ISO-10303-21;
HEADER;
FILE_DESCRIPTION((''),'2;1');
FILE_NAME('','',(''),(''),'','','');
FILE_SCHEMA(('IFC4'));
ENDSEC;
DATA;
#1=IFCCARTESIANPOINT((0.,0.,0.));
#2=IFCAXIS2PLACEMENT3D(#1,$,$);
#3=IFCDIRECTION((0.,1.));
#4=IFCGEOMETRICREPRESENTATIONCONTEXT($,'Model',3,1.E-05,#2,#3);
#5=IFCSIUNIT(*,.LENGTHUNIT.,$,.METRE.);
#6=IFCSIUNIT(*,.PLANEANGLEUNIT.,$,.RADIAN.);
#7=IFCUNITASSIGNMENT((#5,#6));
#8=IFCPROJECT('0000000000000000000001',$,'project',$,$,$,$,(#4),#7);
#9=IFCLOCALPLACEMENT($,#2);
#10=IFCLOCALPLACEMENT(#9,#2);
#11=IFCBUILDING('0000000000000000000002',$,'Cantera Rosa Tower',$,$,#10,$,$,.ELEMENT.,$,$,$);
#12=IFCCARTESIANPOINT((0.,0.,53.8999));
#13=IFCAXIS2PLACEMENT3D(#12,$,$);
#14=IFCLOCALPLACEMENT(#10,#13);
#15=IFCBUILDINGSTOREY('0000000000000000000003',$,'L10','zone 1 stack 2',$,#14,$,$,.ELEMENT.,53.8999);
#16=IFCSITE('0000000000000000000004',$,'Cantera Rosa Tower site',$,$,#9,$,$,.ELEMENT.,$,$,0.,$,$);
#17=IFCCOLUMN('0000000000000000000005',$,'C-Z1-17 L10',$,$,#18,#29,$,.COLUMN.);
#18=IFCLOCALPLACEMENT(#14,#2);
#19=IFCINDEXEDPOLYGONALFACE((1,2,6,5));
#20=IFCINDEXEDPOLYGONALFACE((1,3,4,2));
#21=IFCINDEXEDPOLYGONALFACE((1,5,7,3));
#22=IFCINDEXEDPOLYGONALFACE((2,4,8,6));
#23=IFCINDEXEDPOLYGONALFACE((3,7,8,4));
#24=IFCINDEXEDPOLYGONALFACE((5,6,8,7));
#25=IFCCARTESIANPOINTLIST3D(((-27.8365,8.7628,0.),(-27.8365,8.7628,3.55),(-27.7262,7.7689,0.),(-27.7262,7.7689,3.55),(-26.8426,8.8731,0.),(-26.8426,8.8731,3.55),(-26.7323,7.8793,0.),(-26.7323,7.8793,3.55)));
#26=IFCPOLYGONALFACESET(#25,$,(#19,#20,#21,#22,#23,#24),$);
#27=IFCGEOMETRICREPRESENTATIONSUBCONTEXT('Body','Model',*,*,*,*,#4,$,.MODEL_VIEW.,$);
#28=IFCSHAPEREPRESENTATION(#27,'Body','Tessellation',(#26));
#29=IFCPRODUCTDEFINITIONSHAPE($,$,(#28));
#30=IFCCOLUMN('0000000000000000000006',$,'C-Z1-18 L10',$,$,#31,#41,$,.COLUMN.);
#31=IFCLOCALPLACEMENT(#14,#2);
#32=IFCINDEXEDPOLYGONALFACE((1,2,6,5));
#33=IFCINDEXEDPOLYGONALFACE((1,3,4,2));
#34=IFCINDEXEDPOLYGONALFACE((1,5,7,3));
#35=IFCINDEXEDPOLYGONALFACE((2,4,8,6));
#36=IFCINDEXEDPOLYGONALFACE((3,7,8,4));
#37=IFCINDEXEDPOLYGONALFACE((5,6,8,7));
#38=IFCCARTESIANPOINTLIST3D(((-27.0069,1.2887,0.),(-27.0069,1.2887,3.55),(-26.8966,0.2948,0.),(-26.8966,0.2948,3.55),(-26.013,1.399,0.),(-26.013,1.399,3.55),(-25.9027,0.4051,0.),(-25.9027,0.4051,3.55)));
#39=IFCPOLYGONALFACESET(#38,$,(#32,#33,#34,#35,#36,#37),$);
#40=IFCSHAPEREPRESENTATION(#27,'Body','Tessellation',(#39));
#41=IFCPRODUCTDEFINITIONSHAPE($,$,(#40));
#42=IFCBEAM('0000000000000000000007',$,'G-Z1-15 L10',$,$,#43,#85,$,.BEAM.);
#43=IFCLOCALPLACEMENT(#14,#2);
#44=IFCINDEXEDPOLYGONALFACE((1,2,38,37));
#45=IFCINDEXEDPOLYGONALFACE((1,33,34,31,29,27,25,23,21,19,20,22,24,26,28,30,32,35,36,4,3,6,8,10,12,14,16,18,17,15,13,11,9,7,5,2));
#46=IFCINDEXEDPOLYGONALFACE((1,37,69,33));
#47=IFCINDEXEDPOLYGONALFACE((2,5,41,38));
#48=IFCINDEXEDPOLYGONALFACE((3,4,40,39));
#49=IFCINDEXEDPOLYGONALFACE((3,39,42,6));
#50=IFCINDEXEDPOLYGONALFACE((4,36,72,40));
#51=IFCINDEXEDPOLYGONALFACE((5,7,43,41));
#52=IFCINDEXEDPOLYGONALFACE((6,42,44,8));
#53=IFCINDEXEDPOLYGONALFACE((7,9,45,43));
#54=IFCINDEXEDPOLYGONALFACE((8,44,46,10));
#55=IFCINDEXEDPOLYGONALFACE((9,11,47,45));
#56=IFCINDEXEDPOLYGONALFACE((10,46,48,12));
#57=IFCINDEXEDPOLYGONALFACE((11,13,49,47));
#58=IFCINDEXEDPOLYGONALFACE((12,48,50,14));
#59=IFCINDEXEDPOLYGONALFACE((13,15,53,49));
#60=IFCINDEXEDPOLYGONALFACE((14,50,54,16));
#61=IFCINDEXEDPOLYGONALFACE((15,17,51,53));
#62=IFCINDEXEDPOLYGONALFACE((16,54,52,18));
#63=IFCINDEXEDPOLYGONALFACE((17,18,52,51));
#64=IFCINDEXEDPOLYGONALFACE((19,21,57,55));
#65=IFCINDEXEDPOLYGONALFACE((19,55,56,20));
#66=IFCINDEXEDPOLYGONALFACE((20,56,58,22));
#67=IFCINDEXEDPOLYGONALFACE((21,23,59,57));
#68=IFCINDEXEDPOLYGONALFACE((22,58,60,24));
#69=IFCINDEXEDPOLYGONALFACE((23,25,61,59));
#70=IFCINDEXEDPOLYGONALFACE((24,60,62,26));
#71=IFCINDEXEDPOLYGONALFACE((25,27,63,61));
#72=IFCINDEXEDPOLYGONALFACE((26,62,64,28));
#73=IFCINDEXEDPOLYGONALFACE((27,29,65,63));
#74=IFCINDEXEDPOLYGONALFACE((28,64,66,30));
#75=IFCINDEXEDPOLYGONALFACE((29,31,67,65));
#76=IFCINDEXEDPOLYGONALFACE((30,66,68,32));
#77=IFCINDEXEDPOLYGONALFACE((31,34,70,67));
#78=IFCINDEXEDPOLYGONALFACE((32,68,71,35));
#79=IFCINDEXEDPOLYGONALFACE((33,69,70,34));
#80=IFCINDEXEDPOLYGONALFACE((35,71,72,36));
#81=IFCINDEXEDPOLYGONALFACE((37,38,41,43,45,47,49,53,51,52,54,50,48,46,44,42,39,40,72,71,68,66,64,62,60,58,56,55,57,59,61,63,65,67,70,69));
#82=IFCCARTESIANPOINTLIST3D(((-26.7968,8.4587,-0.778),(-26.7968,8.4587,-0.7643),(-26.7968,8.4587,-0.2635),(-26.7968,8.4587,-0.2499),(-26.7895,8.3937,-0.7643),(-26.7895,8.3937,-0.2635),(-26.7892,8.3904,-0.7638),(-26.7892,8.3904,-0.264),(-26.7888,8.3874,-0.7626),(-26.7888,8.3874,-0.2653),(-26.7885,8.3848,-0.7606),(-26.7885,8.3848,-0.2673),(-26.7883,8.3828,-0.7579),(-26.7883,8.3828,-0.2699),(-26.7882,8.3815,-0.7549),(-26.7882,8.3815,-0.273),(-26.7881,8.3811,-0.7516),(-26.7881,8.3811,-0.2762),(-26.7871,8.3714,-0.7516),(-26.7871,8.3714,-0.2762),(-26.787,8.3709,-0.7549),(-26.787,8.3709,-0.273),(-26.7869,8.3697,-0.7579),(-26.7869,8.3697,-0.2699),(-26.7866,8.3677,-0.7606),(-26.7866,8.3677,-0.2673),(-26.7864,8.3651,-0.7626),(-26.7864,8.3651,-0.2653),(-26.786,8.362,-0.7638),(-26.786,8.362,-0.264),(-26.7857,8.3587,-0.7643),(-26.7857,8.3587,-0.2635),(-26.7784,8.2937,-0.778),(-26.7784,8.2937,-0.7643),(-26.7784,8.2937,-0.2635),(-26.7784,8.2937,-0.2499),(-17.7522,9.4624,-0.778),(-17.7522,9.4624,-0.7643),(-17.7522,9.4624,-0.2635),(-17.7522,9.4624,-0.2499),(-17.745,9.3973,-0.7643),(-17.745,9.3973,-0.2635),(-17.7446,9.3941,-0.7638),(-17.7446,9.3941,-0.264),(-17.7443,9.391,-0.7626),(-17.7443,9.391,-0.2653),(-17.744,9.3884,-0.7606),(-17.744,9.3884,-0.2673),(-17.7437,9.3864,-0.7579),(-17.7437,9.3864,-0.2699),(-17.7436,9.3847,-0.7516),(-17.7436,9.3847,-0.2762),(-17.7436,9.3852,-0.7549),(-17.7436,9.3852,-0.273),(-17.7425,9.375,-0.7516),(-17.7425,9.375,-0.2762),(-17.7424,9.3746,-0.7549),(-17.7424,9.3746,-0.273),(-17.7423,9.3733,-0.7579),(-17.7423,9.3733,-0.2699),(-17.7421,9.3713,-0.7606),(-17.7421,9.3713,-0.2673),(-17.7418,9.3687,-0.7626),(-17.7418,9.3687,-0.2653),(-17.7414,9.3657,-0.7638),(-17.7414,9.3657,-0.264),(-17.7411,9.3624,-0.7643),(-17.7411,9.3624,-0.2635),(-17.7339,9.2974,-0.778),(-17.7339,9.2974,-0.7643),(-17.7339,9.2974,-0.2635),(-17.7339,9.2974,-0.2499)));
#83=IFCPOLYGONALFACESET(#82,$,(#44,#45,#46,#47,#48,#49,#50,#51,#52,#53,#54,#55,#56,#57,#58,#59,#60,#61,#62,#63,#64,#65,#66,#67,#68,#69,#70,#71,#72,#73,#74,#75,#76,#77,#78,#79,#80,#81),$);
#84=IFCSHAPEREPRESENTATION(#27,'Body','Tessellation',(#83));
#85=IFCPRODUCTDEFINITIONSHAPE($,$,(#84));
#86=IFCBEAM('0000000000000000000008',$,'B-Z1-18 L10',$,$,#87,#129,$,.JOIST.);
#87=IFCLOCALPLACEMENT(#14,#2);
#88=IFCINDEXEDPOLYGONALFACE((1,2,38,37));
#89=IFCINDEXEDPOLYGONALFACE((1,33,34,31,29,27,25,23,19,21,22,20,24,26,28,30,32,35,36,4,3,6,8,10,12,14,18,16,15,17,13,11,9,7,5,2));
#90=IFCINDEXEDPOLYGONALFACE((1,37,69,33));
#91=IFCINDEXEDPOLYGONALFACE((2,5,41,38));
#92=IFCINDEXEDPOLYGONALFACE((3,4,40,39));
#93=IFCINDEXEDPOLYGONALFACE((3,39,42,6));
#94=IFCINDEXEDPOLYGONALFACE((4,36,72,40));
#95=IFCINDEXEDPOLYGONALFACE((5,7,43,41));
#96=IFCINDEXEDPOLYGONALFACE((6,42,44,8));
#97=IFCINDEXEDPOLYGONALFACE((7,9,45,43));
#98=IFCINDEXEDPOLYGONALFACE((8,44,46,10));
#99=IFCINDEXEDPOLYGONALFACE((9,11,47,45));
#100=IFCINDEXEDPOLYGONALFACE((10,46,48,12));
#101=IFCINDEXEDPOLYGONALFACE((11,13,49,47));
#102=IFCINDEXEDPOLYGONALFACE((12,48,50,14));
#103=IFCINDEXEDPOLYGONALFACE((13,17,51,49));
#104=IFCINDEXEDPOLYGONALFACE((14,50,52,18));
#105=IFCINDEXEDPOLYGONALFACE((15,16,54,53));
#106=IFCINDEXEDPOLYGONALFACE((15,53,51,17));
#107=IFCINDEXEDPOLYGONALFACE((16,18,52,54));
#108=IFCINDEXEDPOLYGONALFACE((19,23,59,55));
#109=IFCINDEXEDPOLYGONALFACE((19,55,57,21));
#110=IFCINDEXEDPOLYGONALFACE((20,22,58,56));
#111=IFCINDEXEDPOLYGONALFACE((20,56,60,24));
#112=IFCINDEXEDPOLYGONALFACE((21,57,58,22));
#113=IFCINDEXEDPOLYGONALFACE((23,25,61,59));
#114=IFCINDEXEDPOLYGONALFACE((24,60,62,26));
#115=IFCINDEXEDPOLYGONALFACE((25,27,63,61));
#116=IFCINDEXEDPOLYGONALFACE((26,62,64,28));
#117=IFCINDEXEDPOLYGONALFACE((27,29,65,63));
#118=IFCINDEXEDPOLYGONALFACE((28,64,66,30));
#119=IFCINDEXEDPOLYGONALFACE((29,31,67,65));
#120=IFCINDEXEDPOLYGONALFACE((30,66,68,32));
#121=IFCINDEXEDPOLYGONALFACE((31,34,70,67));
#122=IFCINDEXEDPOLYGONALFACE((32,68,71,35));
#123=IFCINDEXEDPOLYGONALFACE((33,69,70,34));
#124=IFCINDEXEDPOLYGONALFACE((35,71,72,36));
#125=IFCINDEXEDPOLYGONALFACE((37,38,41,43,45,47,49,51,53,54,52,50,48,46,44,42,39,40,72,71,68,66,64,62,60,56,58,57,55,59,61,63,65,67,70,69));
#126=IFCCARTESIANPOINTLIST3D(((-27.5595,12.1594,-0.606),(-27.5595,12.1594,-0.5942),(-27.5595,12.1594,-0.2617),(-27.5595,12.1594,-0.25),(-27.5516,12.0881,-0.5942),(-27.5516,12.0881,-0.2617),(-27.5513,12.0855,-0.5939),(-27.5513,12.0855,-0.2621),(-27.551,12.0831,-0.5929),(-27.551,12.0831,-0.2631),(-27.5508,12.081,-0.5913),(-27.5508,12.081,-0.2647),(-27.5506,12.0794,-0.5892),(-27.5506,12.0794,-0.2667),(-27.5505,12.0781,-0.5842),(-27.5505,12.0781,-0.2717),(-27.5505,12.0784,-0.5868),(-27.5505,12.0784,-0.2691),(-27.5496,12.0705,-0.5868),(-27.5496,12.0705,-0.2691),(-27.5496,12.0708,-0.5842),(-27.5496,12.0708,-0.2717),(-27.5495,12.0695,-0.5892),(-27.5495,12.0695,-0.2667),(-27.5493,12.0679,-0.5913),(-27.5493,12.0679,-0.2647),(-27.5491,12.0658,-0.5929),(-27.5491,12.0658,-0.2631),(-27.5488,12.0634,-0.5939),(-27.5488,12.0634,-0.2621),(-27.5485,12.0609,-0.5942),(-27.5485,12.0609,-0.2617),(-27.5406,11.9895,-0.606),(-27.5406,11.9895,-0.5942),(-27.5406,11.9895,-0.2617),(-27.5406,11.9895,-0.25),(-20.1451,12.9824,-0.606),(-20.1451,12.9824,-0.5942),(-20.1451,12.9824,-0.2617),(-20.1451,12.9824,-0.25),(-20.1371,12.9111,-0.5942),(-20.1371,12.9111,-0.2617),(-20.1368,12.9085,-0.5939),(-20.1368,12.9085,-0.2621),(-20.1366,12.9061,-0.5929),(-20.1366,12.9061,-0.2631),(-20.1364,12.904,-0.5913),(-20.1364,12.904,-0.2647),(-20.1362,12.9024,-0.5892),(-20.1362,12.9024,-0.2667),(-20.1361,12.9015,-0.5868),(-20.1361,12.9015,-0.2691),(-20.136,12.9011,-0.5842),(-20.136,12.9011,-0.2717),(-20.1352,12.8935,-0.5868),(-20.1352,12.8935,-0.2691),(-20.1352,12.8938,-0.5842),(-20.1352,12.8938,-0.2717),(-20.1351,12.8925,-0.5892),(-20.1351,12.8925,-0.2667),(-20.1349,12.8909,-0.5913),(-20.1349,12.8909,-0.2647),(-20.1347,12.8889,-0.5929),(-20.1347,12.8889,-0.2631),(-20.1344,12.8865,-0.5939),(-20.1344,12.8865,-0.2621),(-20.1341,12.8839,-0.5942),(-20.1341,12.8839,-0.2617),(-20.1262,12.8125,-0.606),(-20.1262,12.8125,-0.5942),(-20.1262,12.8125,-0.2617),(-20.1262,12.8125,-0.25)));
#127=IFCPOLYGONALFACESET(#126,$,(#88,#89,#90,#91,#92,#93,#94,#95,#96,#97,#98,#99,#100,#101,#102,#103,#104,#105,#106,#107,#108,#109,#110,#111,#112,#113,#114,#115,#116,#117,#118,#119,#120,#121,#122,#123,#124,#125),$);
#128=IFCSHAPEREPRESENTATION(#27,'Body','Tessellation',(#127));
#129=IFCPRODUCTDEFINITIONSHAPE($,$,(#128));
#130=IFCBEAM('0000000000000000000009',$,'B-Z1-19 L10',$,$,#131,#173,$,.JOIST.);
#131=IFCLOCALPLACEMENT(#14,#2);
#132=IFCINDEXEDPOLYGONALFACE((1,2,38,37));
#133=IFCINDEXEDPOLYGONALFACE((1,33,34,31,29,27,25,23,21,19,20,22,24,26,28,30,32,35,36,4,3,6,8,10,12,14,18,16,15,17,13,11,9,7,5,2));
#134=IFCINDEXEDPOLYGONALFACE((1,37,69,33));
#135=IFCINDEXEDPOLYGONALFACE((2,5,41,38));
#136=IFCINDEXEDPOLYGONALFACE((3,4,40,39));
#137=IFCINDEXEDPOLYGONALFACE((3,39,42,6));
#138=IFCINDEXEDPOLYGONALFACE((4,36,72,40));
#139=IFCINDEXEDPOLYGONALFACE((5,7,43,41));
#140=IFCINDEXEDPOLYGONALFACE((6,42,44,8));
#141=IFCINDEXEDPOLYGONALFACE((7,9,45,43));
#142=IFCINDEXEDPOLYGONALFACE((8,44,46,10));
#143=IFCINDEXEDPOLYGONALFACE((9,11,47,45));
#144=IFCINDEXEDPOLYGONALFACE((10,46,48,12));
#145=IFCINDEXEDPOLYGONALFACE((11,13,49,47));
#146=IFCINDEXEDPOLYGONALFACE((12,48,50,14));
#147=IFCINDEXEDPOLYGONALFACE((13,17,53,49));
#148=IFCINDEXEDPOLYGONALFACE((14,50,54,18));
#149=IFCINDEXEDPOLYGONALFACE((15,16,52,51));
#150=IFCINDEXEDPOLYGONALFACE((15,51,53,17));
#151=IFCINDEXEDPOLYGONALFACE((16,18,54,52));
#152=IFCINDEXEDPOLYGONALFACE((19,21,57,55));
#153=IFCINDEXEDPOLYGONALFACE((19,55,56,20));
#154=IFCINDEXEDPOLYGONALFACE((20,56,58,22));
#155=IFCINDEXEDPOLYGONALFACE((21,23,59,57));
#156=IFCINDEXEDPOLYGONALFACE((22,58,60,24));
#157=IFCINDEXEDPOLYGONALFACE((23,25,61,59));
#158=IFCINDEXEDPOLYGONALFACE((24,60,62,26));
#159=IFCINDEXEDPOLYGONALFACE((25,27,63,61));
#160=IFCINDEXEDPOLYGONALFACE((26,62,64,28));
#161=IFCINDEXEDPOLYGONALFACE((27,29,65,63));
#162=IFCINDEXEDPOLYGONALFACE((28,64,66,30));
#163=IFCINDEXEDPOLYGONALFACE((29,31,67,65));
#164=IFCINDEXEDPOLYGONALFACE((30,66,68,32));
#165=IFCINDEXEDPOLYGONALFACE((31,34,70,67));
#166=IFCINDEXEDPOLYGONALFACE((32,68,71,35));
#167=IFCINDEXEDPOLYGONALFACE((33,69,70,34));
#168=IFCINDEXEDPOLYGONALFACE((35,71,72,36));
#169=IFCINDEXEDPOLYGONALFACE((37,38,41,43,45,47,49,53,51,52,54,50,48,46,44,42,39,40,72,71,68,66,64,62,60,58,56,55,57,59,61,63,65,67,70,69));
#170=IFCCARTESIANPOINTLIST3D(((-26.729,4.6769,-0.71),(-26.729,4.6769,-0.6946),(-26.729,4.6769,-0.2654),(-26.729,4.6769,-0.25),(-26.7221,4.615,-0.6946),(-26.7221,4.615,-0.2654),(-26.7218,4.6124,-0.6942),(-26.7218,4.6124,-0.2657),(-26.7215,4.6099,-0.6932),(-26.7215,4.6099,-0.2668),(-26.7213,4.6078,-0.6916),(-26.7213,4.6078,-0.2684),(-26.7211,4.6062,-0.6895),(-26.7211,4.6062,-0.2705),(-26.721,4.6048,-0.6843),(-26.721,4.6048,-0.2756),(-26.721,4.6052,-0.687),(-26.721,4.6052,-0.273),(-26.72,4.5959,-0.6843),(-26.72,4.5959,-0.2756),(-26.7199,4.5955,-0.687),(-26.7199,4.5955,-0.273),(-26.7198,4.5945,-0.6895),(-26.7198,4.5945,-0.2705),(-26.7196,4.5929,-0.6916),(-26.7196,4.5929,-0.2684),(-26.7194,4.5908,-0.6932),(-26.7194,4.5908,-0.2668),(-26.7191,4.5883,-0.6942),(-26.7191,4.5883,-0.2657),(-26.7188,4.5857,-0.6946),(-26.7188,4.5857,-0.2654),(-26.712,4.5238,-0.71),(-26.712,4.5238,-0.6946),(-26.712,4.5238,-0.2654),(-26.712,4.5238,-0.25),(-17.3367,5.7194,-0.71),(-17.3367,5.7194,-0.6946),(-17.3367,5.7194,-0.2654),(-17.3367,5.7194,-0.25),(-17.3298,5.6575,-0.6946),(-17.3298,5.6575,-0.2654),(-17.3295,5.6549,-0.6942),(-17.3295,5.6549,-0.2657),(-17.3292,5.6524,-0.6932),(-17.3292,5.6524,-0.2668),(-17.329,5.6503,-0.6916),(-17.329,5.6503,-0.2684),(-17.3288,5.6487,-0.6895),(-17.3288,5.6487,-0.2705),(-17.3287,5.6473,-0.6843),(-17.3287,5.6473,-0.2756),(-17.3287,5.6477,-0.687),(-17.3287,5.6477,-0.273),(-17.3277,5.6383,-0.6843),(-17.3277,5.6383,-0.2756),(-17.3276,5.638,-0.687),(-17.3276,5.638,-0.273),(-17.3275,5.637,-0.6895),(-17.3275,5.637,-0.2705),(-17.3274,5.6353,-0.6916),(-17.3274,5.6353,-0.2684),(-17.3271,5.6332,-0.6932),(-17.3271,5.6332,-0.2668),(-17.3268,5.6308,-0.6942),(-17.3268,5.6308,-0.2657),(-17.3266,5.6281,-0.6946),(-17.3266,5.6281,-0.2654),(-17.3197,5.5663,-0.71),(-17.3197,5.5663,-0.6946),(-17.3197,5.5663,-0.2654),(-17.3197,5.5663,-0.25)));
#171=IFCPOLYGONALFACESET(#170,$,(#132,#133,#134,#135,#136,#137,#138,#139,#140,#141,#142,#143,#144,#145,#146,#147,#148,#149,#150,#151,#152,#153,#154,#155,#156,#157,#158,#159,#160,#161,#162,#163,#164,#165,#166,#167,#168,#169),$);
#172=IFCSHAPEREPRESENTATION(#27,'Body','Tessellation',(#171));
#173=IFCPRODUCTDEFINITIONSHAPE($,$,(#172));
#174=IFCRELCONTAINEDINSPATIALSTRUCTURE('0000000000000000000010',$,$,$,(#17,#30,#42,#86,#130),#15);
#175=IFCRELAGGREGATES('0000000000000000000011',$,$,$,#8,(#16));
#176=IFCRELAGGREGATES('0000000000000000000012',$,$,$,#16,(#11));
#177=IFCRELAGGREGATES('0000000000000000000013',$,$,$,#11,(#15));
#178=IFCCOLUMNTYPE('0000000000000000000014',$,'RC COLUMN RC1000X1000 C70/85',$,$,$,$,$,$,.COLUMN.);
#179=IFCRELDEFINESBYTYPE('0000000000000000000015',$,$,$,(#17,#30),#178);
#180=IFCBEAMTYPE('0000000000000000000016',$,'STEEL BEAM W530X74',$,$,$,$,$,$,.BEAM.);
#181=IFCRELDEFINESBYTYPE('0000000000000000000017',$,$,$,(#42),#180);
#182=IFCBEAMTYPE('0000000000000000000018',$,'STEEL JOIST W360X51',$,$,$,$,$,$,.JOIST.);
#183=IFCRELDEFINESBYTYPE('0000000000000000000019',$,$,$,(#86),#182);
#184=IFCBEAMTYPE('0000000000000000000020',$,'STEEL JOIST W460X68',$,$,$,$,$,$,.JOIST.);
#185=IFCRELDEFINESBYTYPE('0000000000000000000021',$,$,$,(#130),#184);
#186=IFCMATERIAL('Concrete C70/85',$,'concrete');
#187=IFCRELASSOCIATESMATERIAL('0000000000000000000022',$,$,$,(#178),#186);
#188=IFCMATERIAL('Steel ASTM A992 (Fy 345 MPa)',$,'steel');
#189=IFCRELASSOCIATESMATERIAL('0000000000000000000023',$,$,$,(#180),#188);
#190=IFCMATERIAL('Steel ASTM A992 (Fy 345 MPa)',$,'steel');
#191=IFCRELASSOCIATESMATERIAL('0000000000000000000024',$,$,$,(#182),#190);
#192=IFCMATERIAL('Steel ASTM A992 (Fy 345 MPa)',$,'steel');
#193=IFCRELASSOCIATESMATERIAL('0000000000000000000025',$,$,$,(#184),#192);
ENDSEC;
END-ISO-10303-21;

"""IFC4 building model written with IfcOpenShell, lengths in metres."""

from ifc_helpers import new_model, si_unit, direction, frame, origin, origin_2d, place, context, subcontext, project, spatial, rectangle, i_section, extrude, material, material_profile, profile_set, type_object, element, save


model = new_model("IFC4")

# Units and contexts
model_context = context("Model", 3, precision=1e-05, world=origin(), true_north=direction((0.0, 1.0)))
body_context = subcontext(model_context, "Body", "Model", "MODEL_VIEW")
ifc_project = project(units=[si_unit("LENGTHUNIT", "METRE"), si_unit("PLANEANGLEUNIT", "RADIAN")], contexts=[model_context])

# Site, building, storey
site_placement = place(None, origin())
site = spatial("IfcSite", under=ifc_project, at=site_placement, Name="Cantera Rosa Tower site", CompositionType="ELEMENT", RefElevation=0.0)
building_placement = place(site_placement, origin())
building = spatial("IfcBuilding", under=site, at=building_placement, Name="Cantera Rosa Tower", CompositionType="ELEMENT")
storey_placement = place(building_placement, frame((0.0, 0.0, 53.8999)))
storey = spatial("IfcBuildingStorey", under=building, at=storey_placement, Name="L10", Description="zone 1 stack 2", CompositionType="ELEMENT", Elevation=53.8999)

# Columns
ifc_material_1 = material(Name="Concrete C70/85", Category="concrete")
ifc_material_profile_1 = material_profile(ifc_material_1, rectangle(XDim=1.0, YDim=1.0, at=origin_2d()), Name="RC COLUMN RC1000X1000 C70/85")
ifc_profile_set_1 = profile_set([ifc_material_profile_1], Name="Concrete C70/85")
column_type = type_object("IfcColumnType", Name="RC COLUMN RC1000X1000 C70/85", PredefinedType="COLUMN", material=ifc_profile_set_1)
for number, where, z_axis, x_axis, name in (
    (1, (-27.2844, 8.321, 0.0), (0.0, 0.0, 1.0), (0.993897, 0.110313, 0.0), "C-Z1-17 L10"),
    (2, (-26.4548, 0.8469, 0.0), (0.0, 0.0, 1.0), (0.993897, 0.110313, 0.0), "C-Z1-18 L10"),
):
    element("IfcColumn", number, at=place(storey_placement, frame(where, z_axis=z_axis, x_axis=x_axis)), inside=storey, type_object=column_type, Name=name, PredefinedType="COLUMN", context=body_context, shape_type="SweptSolid", body=[
        extrude(rectangle(XDim=1.0, YDim=1.0, at=origin_2d()), origin(), (0.0, 0.0, 1.0), 3.55),
    ])

# Beams
ifc_material_2 = material(Name="Steel ASTM A992 (Fy 345 MPa)", Category="steel")
ifc_material_profile_2 = material_profile(ifc_material_2, i_section(OverallWidth=0.166, OverallDepth=0.5281, WebThickness=0.0098, FlangeThickness=0.0137, FilletRadius=0.0127, at=origin_2d()), Name="W530X74")
ifc_profile_set_2 = profile_set([ifc_material_profile_2], Name="Steel ASTM A992 (Fy 345 MPa)")
beam_type_1 = type_object("IfcBeamType", Name="STEEL BEAM W530X74", PredefinedType="BEAM", material=ifc_profile_set_2)
beam_1_placement = place(storey_placement, frame((-26.7876, 8.3762, -0.5139), z_axis=(0.993899, 0.11029, 0.0), x_axis=(-0.11029, 0.993899, 0.0)))
element("IfcBeam", 3, at=beam_1_placement, inside=storey, type_object=beam_type_1, Name="G-Z1-15 L10", PredefinedType="BEAM", context=body_context, shape_type="SweptSolid", body=[
    extrude(i_section(OverallWidth=0.166, OverallDepth=0.5281, WebThickness=0.0098, FlangeThickness=0.0137, FilletRadius=0.0127, at=origin_2d()), origin(), (0.0, 0.0, 1.0), 9.1001),
])
ifc_material_3 = material(Name="Steel ASTM A992 (Fy 345 MPa)", Category="steel")
ifc_material_profile_3 = material_profile(ifc_material_3, i_section(OverallWidth=0.1709, OverallDepth=0.356, WebThickness=0.0073, FlangeThickness=0.0117, FilletRadius=0.01, at=origin_2d()), Name="W360X51")
ifc_profile_set_3 = profile_set([ifc_material_profile_3], Name="Steel ASTM A992 (Fy 345 MPa)")
beam_type_2 = type_object("IfcBeamType", Name="STEEL JOIST W360X51", PredefinedType="JOIST", material=ifc_profile_set_3)
beam_2_placement = place(storey_placement, frame((-27.55, 12.0745, -0.428), z_axis=(0.993896, 0.110324, 0.0), x_axis=(-0.110324, 0.993896, 0.0)))
element("IfcBeam", 4, at=beam_2_placement, inside=storey, type_object=beam_type_2, Name="B-Z1-18 L10", PredefinedType="JOIST", context=body_context, shape_type="SweptSolid", body=[
    extrude(i_section(OverallWidth=0.1709, OverallDepth=0.356, WebThickness=0.0073, FlangeThickness=0.0117, FilletRadius=0.01, at=origin_2d()), origin(), (0.0, 0.0, 1.0), 7.46),
])
ifc_material_4 = material(Name="Steel ASTM A992 (Fy 345 MPa)", Category="steel")
ifc_material_profile_4 = material_profile(ifc_material_4, i_section(OverallWidth=0.1541, OverallDepth=0.46, WebThickness=0.009, FlangeThickness=0.0154, FilletRadius=0.0103, at=origin_2d()), Name="W460X68")
ifc_profile_set_4 = profile_set([ifc_material_profile_4], Name="Steel ASTM A992 (Fy 345 MPa)")
beam_type_3 = type_object("IfcBeamType", Name="STEEL JOIST W460X68", PredefinedType="JOIST", material=ifc_profile_set_4)
beam_3_placement = place(storey_placement, frame((-26.7205, 4.6003, -0.48), z_axis=(0.993897, 0.110315, 0.0), x_axis=(-0.110315, 0.993897, 0.0)))
element("IfcBeam", 5, at=beam_3_placement, inside=storey, type_object=beam_type_3, Name="B-Z1-19 L10", PredefinedType="JOIST", context=body_context, shape_type="SweptSolid", body=[
    extrude(i_section(OverallWidth=0.1541, OverallDepth=0.46, WebThickness=0.009, FlangeThickness=0.0154, FilletRadius=0.0103, at=origin_2d()), origin(), (0.0, 0.0, 1.0), 9.45),
])

save(model, "model.ifc")
